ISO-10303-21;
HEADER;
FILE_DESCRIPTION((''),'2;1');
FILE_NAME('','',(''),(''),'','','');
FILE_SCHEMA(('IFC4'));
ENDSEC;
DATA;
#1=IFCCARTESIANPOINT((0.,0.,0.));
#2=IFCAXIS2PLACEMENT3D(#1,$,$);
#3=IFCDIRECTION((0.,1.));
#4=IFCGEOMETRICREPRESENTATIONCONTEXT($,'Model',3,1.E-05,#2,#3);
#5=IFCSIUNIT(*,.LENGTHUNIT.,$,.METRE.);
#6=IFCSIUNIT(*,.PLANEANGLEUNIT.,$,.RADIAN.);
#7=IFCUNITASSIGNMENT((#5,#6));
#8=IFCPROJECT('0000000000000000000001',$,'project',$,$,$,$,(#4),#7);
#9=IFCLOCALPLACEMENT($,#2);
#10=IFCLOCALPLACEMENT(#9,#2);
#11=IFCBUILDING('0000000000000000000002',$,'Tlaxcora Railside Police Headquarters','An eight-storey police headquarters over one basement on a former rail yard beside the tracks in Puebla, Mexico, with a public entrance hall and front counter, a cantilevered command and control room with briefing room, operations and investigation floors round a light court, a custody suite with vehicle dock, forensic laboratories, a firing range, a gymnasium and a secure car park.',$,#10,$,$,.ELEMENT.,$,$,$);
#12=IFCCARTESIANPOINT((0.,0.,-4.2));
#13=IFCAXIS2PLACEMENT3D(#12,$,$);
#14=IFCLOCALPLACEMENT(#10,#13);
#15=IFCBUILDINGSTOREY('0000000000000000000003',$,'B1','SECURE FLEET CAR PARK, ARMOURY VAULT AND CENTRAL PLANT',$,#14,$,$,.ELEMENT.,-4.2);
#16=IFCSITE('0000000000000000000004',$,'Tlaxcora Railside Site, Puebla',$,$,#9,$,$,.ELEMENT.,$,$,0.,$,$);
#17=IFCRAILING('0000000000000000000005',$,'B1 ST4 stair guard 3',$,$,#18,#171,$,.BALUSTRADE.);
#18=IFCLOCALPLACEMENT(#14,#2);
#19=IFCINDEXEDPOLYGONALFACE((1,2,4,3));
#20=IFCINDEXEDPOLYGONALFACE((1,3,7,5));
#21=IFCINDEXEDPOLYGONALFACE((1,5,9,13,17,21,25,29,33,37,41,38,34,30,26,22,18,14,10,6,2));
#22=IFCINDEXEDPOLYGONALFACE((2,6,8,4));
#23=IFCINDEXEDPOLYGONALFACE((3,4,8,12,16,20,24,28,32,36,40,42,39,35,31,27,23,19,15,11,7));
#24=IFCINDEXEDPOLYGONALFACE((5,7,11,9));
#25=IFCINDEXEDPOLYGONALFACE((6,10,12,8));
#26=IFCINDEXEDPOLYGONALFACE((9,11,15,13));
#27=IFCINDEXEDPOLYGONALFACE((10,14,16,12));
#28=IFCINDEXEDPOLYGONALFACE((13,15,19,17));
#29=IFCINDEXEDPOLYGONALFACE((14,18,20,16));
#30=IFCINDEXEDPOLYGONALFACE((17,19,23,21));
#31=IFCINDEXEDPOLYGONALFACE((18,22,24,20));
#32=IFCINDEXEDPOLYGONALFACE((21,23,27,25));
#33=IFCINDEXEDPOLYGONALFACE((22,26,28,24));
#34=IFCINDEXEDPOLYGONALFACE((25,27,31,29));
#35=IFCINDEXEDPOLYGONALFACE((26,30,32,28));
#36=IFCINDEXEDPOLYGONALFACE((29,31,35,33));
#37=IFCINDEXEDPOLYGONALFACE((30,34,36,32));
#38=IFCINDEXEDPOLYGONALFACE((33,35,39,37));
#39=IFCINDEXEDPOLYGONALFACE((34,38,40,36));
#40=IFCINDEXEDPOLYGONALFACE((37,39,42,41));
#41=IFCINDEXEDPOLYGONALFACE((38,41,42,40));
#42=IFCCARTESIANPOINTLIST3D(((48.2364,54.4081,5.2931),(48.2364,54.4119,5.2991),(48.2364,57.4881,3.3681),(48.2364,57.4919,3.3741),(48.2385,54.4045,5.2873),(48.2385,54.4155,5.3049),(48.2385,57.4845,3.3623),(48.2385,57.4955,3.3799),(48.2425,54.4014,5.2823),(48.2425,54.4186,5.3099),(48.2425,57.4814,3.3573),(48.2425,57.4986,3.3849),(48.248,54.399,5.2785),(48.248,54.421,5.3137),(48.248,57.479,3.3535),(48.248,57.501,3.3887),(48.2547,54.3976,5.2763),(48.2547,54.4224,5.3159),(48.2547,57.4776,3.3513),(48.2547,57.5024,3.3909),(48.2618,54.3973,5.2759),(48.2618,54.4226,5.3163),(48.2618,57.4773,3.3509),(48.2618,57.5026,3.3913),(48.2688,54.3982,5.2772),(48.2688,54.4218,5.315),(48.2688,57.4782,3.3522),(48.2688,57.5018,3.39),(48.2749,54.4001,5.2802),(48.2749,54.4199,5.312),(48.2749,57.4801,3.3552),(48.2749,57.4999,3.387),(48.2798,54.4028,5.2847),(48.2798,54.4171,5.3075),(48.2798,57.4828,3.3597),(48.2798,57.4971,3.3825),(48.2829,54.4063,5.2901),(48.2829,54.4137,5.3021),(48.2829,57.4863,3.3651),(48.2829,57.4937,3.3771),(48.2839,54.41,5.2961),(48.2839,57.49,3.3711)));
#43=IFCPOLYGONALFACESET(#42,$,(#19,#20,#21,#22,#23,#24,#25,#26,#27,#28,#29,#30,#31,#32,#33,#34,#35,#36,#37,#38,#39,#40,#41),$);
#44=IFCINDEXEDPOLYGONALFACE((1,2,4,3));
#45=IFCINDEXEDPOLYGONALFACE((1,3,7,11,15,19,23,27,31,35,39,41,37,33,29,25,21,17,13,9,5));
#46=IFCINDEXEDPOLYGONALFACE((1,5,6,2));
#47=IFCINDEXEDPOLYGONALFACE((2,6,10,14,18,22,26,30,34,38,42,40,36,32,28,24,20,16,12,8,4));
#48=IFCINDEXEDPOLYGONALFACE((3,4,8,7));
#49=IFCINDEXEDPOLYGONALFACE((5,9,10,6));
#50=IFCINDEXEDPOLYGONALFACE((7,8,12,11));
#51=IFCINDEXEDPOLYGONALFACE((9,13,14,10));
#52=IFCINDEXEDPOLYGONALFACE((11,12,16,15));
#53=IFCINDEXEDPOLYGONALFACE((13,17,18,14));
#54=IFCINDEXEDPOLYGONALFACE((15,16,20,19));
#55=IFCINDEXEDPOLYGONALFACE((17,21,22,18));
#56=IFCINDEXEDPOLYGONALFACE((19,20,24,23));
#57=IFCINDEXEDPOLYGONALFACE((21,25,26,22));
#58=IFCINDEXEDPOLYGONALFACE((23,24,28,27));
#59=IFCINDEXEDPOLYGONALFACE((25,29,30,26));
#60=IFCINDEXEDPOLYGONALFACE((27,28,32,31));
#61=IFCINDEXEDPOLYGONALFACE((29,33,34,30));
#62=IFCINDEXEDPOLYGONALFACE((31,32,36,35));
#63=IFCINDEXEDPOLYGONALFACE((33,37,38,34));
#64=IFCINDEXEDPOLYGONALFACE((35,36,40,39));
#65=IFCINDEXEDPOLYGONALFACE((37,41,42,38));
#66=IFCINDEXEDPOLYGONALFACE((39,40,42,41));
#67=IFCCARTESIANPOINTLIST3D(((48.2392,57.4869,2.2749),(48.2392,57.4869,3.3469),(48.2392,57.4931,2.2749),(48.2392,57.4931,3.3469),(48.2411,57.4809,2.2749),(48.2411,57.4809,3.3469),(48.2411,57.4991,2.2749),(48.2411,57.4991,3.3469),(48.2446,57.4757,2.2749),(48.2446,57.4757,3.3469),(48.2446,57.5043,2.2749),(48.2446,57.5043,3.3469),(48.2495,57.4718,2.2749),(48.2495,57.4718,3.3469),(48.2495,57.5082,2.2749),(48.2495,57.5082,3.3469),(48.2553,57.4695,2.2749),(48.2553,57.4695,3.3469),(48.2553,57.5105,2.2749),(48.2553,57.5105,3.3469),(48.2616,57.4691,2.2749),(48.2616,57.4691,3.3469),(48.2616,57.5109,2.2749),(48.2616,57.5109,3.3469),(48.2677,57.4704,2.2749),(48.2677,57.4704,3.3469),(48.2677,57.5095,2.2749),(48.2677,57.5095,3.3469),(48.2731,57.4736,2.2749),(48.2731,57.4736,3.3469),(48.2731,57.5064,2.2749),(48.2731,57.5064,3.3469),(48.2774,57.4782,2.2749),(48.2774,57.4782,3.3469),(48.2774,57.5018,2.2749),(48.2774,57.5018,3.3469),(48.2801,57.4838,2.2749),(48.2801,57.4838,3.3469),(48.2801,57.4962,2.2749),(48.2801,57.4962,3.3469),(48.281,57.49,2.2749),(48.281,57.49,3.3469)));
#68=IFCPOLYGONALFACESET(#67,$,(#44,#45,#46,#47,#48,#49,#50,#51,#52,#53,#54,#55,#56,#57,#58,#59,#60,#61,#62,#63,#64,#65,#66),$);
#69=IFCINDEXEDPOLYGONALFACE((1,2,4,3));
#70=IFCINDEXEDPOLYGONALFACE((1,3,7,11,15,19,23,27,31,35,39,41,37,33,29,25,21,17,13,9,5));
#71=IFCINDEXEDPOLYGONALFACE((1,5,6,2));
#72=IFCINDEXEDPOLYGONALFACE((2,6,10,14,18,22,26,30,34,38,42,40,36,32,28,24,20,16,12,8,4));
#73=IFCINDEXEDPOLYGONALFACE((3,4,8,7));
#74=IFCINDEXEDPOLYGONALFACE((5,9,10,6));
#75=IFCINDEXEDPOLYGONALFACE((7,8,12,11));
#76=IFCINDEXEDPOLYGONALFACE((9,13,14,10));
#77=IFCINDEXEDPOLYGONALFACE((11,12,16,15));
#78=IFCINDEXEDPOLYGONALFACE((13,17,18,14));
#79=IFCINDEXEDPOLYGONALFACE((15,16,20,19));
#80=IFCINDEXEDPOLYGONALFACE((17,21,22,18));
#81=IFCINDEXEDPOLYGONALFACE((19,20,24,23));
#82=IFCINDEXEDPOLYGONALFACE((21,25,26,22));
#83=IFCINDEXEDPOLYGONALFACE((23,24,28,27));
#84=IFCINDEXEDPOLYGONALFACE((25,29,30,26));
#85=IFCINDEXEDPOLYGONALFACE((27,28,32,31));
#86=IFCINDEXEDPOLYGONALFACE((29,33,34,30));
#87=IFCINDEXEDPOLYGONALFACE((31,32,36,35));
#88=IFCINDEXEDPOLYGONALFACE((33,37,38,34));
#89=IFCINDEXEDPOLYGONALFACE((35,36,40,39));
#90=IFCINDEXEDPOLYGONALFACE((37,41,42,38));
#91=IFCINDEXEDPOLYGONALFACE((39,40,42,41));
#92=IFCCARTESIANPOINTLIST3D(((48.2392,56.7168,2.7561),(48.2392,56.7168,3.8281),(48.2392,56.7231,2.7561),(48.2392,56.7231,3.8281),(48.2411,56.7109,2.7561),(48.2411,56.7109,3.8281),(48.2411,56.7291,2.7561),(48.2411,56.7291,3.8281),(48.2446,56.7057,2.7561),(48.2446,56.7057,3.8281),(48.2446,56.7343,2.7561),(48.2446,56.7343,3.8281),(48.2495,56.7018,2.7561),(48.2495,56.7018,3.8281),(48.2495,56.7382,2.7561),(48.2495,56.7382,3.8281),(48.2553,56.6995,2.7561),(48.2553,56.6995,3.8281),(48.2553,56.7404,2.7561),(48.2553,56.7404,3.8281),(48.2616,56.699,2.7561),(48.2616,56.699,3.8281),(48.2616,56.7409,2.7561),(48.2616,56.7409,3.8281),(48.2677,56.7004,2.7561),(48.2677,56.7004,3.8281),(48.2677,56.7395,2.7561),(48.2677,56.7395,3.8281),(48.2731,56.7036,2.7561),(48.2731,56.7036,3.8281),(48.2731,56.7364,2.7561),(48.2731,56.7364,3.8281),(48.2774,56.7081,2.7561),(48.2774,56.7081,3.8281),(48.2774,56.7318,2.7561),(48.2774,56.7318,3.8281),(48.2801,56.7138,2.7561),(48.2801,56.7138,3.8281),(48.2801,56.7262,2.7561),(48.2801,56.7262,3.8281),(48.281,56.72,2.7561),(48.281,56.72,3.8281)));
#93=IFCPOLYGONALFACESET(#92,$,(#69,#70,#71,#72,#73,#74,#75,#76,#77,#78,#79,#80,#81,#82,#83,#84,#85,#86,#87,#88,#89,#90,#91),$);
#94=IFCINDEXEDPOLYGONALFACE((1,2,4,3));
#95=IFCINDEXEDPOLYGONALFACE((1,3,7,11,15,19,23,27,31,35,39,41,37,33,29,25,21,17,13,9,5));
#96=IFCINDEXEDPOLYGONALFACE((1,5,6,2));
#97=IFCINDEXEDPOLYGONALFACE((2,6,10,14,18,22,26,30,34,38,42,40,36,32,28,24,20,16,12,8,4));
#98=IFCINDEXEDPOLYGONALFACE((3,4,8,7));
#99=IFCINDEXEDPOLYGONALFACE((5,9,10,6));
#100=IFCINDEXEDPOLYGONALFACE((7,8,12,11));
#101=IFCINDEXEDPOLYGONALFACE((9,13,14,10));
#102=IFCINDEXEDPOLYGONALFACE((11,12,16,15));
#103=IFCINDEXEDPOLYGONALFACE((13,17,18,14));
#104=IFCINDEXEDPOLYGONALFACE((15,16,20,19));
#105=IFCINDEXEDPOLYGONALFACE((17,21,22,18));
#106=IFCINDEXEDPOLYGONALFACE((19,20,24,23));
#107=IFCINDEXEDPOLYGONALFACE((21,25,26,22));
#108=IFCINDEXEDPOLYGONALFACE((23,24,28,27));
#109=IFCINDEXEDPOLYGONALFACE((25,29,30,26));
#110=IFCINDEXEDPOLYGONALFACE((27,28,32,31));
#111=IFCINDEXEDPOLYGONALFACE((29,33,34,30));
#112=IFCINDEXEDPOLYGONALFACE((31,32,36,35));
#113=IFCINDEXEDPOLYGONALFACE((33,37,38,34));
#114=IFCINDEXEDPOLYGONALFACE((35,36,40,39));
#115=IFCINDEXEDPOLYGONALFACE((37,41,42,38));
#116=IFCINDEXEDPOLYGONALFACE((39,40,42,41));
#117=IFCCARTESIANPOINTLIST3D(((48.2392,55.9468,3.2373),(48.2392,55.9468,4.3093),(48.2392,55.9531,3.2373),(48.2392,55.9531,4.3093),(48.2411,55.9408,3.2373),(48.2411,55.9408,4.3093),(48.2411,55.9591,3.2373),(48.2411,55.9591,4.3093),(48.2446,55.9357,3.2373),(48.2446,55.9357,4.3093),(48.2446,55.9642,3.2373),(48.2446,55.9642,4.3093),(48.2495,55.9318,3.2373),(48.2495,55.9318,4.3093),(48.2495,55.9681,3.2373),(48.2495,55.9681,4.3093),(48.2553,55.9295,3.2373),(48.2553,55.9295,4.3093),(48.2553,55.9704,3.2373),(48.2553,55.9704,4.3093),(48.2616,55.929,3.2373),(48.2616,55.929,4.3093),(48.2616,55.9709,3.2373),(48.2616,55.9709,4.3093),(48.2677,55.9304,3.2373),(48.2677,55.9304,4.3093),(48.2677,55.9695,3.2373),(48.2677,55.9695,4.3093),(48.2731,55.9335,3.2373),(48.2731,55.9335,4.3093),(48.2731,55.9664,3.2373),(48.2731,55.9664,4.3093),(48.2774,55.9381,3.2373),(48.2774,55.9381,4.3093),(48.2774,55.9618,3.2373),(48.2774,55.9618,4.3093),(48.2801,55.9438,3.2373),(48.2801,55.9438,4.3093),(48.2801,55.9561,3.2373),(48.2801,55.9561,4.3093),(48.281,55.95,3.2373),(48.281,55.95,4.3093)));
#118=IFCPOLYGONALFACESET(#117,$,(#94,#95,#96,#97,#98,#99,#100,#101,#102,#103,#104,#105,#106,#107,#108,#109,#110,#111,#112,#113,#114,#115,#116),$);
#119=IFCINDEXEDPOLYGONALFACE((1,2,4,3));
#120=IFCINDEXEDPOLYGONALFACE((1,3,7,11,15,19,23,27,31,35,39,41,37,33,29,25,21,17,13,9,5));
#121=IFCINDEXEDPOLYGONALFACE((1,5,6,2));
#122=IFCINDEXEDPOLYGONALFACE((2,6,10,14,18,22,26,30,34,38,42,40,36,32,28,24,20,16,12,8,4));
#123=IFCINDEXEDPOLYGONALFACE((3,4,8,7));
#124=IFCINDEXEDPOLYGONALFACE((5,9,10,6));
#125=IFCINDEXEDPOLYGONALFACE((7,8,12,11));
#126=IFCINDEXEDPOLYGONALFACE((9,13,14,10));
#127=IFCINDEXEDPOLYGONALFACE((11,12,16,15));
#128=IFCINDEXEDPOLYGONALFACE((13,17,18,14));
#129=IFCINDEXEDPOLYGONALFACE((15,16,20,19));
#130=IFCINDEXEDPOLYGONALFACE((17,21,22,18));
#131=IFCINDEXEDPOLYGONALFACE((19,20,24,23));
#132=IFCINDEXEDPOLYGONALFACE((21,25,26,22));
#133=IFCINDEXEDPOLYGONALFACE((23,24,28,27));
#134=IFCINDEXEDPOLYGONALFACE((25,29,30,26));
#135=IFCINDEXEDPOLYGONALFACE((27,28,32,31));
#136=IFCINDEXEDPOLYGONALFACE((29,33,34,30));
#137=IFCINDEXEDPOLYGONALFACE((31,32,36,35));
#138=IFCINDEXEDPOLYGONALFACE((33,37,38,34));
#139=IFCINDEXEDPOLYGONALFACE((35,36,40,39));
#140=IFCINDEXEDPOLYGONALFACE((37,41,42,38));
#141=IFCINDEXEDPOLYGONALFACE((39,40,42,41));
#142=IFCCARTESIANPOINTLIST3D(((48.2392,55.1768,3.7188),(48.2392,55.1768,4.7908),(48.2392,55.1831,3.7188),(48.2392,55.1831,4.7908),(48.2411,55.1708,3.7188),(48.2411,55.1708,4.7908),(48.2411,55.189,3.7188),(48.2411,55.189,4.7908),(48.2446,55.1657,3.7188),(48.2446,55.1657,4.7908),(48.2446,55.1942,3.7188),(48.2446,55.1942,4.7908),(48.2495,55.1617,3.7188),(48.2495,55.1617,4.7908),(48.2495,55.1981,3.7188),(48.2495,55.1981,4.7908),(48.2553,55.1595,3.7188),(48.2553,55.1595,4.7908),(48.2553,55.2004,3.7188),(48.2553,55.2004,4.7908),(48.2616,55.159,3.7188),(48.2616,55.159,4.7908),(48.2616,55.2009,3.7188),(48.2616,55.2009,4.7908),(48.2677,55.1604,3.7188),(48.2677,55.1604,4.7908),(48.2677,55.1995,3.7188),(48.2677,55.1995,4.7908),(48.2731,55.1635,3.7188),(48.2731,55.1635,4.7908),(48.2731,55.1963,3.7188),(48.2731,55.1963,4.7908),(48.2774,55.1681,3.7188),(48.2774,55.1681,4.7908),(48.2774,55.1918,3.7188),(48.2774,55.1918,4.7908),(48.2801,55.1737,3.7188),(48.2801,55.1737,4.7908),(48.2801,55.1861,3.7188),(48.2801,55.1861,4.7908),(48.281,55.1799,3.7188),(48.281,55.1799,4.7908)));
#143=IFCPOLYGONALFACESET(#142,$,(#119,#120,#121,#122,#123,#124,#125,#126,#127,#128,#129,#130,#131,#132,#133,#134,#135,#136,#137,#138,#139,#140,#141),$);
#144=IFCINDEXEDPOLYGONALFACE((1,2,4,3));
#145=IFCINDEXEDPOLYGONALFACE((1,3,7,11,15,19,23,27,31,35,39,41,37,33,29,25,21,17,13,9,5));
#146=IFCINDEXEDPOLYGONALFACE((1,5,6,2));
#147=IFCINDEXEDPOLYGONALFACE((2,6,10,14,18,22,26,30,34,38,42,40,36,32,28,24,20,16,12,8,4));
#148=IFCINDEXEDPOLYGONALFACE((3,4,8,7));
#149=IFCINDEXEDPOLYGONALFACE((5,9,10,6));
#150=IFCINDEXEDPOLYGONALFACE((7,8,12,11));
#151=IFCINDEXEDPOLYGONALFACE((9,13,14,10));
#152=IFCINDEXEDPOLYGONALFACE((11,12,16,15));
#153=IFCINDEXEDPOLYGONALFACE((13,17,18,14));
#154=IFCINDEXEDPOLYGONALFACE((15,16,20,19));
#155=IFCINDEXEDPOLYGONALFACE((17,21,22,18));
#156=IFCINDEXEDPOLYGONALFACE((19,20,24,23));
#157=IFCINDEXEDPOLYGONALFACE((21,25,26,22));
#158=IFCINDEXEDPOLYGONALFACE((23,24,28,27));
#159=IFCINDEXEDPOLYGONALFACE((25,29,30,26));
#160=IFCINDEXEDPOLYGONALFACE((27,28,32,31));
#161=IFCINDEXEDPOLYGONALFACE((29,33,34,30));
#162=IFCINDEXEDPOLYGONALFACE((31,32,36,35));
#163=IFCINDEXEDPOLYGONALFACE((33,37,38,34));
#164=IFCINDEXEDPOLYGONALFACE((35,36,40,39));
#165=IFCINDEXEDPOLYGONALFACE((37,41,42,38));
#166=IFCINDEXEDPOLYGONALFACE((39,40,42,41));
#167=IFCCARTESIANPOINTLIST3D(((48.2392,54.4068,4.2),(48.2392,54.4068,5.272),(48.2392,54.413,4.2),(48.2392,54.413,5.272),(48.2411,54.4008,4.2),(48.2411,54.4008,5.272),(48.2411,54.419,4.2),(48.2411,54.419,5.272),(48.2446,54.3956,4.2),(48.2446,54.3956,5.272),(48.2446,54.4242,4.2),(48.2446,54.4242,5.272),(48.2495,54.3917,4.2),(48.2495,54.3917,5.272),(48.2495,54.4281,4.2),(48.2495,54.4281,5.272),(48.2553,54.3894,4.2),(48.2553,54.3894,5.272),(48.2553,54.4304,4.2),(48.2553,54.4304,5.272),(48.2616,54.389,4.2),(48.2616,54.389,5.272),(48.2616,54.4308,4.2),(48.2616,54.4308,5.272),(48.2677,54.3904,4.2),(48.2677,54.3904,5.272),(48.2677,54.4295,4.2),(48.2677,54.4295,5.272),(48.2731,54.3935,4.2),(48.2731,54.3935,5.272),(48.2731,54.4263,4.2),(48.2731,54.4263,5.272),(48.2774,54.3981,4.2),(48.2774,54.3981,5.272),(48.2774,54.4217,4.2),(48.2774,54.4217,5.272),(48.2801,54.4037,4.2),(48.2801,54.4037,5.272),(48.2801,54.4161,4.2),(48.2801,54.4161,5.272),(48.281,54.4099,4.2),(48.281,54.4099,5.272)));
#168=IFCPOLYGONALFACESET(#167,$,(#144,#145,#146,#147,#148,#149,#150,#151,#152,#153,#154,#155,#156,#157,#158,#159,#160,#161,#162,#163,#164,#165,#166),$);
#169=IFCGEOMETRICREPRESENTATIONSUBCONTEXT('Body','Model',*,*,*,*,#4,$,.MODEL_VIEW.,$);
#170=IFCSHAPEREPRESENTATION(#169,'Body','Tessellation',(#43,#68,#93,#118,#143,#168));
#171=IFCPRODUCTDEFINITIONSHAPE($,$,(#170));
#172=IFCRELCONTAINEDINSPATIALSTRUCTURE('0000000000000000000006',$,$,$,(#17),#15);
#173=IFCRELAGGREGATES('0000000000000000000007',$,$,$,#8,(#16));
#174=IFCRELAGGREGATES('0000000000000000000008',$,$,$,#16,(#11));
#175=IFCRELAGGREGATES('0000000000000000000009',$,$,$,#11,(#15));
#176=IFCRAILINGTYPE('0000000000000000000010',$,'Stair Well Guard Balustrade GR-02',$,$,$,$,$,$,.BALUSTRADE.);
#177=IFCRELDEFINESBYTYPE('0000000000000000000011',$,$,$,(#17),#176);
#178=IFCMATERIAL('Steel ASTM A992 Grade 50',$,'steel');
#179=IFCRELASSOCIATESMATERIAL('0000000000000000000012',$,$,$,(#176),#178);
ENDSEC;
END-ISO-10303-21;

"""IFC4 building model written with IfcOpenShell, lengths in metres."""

from ifc_helpers import new_model, si_unit, direction, frame, origin, origin_2d, place, context, subcontext, project, spatial, circle, extrude, material, type_object, element, save


model = new_model("IFC4")

# Units and contexts
model_context = context("Model", 3, precision=1e-05, world=origin(), true_north=direction((0.0, 1.0)))
body_context = subcontext(model_context, "Body", "Model", "MODEL_VIEW")
ifc_project = project(units=[si_unit("LENGTHUNIT", "METRE"), si_unit("PLANEANGLEUNIT", "RADIAN")], contexts=[model_context])

# Site, building, storey
site_placement = place(None, origin())
site = spatial("IfcSite", under=ifc_project, at=site_placement, Name="Tlaxcora Railside Site, Puebla", CompositionType="ELEMENT", RefElevation=0.0)
building_placement = place(site_placement, origin())
building = spatial("IfcBuilding", under=site, at=building_placement, Name="Tlaxcora Railside Police Headquarters", Description="An eight-storey police headquarters over one basement on a former rail yard beside the tracks in Puebla, Mexico, with a public entrance hall and front counter, a cantilevered command and control room with briefing room, operations and investigation floors round a light court, a custody suite with vehicle dock, forensic laboratories, a firing range, a gymnasium and a secure car park.", CompositionType="ELEMENT")
storey_placement = place(building_placement, frame((0.0, 0.0, -4.2)))
storey = spatial("IfcBuildingStorey", under=building, at=storey_placement, Name="B1", Description="SECURE FLEET CAR PARK, ARMOURY VAULT AND CENTRAL PLANT", CompositionType="ELEMENT", Elevation=-4.2)

# Shared definitions
ifc_material_1 = material(Name="Steel ASTM A992 Grade 50", Category="steel")

# Railing
railing_type_1 = type_object("IfcRailingType", Name="Stair Well Guard Balustrade GR-02", PredefinedType="BALUSTRADE", material=ifc_material_1)
railing_1_placement = place(storey_placement, frame((48.26, 57.49, 2.2749)))
element("IfcRailing", 1, at=railing_1_placement, inside=storey, type_object=railing_type_1, Name="B1 ST4 stair guard 3", PredefinedType="BALUSTRADE", context=body_context, shape_type="SweptSolid", body=[
    extrude(circle(Radius=0.0239, at=origin_2d()), frame((0.0, 0.0, 1.0962), z_axis=(0.0, -0.847998, 0.529999), x_axis=(1.0, 0.0, 0.0)), (0.0, 0.0, 1.0), 3.6321),
    extrude(circle(Radius=0.021, at=origin_2d()), origin(), (0.0, 0.0, 1.0), 1.072),
    extrude(circle(Radius=0.021, at=origin_2d()), frame((0.0, -0.77, 0.4812)), (0.0, 0.0, 1.0), 1.072),
    extrude(circle(Radius=0.021, at=origin_2d()), frame((0.0, -1.54, 0.9624)), (0.0, 0.0, 1.0), 1.072),
    extrude(circle(Radius=0.021, at=origin_2d()), frame((0.0, -2.3101, 1.4438)), (0.0, 0.0, 1.0), 1.072),
    extrude(circle(Radius=0.021, at=origin_2d()), frame((0.0, -3.0801, 1.925)), (0.0, 0.0, 1.0), 1.072),
])

save(model, "model.ifc")
